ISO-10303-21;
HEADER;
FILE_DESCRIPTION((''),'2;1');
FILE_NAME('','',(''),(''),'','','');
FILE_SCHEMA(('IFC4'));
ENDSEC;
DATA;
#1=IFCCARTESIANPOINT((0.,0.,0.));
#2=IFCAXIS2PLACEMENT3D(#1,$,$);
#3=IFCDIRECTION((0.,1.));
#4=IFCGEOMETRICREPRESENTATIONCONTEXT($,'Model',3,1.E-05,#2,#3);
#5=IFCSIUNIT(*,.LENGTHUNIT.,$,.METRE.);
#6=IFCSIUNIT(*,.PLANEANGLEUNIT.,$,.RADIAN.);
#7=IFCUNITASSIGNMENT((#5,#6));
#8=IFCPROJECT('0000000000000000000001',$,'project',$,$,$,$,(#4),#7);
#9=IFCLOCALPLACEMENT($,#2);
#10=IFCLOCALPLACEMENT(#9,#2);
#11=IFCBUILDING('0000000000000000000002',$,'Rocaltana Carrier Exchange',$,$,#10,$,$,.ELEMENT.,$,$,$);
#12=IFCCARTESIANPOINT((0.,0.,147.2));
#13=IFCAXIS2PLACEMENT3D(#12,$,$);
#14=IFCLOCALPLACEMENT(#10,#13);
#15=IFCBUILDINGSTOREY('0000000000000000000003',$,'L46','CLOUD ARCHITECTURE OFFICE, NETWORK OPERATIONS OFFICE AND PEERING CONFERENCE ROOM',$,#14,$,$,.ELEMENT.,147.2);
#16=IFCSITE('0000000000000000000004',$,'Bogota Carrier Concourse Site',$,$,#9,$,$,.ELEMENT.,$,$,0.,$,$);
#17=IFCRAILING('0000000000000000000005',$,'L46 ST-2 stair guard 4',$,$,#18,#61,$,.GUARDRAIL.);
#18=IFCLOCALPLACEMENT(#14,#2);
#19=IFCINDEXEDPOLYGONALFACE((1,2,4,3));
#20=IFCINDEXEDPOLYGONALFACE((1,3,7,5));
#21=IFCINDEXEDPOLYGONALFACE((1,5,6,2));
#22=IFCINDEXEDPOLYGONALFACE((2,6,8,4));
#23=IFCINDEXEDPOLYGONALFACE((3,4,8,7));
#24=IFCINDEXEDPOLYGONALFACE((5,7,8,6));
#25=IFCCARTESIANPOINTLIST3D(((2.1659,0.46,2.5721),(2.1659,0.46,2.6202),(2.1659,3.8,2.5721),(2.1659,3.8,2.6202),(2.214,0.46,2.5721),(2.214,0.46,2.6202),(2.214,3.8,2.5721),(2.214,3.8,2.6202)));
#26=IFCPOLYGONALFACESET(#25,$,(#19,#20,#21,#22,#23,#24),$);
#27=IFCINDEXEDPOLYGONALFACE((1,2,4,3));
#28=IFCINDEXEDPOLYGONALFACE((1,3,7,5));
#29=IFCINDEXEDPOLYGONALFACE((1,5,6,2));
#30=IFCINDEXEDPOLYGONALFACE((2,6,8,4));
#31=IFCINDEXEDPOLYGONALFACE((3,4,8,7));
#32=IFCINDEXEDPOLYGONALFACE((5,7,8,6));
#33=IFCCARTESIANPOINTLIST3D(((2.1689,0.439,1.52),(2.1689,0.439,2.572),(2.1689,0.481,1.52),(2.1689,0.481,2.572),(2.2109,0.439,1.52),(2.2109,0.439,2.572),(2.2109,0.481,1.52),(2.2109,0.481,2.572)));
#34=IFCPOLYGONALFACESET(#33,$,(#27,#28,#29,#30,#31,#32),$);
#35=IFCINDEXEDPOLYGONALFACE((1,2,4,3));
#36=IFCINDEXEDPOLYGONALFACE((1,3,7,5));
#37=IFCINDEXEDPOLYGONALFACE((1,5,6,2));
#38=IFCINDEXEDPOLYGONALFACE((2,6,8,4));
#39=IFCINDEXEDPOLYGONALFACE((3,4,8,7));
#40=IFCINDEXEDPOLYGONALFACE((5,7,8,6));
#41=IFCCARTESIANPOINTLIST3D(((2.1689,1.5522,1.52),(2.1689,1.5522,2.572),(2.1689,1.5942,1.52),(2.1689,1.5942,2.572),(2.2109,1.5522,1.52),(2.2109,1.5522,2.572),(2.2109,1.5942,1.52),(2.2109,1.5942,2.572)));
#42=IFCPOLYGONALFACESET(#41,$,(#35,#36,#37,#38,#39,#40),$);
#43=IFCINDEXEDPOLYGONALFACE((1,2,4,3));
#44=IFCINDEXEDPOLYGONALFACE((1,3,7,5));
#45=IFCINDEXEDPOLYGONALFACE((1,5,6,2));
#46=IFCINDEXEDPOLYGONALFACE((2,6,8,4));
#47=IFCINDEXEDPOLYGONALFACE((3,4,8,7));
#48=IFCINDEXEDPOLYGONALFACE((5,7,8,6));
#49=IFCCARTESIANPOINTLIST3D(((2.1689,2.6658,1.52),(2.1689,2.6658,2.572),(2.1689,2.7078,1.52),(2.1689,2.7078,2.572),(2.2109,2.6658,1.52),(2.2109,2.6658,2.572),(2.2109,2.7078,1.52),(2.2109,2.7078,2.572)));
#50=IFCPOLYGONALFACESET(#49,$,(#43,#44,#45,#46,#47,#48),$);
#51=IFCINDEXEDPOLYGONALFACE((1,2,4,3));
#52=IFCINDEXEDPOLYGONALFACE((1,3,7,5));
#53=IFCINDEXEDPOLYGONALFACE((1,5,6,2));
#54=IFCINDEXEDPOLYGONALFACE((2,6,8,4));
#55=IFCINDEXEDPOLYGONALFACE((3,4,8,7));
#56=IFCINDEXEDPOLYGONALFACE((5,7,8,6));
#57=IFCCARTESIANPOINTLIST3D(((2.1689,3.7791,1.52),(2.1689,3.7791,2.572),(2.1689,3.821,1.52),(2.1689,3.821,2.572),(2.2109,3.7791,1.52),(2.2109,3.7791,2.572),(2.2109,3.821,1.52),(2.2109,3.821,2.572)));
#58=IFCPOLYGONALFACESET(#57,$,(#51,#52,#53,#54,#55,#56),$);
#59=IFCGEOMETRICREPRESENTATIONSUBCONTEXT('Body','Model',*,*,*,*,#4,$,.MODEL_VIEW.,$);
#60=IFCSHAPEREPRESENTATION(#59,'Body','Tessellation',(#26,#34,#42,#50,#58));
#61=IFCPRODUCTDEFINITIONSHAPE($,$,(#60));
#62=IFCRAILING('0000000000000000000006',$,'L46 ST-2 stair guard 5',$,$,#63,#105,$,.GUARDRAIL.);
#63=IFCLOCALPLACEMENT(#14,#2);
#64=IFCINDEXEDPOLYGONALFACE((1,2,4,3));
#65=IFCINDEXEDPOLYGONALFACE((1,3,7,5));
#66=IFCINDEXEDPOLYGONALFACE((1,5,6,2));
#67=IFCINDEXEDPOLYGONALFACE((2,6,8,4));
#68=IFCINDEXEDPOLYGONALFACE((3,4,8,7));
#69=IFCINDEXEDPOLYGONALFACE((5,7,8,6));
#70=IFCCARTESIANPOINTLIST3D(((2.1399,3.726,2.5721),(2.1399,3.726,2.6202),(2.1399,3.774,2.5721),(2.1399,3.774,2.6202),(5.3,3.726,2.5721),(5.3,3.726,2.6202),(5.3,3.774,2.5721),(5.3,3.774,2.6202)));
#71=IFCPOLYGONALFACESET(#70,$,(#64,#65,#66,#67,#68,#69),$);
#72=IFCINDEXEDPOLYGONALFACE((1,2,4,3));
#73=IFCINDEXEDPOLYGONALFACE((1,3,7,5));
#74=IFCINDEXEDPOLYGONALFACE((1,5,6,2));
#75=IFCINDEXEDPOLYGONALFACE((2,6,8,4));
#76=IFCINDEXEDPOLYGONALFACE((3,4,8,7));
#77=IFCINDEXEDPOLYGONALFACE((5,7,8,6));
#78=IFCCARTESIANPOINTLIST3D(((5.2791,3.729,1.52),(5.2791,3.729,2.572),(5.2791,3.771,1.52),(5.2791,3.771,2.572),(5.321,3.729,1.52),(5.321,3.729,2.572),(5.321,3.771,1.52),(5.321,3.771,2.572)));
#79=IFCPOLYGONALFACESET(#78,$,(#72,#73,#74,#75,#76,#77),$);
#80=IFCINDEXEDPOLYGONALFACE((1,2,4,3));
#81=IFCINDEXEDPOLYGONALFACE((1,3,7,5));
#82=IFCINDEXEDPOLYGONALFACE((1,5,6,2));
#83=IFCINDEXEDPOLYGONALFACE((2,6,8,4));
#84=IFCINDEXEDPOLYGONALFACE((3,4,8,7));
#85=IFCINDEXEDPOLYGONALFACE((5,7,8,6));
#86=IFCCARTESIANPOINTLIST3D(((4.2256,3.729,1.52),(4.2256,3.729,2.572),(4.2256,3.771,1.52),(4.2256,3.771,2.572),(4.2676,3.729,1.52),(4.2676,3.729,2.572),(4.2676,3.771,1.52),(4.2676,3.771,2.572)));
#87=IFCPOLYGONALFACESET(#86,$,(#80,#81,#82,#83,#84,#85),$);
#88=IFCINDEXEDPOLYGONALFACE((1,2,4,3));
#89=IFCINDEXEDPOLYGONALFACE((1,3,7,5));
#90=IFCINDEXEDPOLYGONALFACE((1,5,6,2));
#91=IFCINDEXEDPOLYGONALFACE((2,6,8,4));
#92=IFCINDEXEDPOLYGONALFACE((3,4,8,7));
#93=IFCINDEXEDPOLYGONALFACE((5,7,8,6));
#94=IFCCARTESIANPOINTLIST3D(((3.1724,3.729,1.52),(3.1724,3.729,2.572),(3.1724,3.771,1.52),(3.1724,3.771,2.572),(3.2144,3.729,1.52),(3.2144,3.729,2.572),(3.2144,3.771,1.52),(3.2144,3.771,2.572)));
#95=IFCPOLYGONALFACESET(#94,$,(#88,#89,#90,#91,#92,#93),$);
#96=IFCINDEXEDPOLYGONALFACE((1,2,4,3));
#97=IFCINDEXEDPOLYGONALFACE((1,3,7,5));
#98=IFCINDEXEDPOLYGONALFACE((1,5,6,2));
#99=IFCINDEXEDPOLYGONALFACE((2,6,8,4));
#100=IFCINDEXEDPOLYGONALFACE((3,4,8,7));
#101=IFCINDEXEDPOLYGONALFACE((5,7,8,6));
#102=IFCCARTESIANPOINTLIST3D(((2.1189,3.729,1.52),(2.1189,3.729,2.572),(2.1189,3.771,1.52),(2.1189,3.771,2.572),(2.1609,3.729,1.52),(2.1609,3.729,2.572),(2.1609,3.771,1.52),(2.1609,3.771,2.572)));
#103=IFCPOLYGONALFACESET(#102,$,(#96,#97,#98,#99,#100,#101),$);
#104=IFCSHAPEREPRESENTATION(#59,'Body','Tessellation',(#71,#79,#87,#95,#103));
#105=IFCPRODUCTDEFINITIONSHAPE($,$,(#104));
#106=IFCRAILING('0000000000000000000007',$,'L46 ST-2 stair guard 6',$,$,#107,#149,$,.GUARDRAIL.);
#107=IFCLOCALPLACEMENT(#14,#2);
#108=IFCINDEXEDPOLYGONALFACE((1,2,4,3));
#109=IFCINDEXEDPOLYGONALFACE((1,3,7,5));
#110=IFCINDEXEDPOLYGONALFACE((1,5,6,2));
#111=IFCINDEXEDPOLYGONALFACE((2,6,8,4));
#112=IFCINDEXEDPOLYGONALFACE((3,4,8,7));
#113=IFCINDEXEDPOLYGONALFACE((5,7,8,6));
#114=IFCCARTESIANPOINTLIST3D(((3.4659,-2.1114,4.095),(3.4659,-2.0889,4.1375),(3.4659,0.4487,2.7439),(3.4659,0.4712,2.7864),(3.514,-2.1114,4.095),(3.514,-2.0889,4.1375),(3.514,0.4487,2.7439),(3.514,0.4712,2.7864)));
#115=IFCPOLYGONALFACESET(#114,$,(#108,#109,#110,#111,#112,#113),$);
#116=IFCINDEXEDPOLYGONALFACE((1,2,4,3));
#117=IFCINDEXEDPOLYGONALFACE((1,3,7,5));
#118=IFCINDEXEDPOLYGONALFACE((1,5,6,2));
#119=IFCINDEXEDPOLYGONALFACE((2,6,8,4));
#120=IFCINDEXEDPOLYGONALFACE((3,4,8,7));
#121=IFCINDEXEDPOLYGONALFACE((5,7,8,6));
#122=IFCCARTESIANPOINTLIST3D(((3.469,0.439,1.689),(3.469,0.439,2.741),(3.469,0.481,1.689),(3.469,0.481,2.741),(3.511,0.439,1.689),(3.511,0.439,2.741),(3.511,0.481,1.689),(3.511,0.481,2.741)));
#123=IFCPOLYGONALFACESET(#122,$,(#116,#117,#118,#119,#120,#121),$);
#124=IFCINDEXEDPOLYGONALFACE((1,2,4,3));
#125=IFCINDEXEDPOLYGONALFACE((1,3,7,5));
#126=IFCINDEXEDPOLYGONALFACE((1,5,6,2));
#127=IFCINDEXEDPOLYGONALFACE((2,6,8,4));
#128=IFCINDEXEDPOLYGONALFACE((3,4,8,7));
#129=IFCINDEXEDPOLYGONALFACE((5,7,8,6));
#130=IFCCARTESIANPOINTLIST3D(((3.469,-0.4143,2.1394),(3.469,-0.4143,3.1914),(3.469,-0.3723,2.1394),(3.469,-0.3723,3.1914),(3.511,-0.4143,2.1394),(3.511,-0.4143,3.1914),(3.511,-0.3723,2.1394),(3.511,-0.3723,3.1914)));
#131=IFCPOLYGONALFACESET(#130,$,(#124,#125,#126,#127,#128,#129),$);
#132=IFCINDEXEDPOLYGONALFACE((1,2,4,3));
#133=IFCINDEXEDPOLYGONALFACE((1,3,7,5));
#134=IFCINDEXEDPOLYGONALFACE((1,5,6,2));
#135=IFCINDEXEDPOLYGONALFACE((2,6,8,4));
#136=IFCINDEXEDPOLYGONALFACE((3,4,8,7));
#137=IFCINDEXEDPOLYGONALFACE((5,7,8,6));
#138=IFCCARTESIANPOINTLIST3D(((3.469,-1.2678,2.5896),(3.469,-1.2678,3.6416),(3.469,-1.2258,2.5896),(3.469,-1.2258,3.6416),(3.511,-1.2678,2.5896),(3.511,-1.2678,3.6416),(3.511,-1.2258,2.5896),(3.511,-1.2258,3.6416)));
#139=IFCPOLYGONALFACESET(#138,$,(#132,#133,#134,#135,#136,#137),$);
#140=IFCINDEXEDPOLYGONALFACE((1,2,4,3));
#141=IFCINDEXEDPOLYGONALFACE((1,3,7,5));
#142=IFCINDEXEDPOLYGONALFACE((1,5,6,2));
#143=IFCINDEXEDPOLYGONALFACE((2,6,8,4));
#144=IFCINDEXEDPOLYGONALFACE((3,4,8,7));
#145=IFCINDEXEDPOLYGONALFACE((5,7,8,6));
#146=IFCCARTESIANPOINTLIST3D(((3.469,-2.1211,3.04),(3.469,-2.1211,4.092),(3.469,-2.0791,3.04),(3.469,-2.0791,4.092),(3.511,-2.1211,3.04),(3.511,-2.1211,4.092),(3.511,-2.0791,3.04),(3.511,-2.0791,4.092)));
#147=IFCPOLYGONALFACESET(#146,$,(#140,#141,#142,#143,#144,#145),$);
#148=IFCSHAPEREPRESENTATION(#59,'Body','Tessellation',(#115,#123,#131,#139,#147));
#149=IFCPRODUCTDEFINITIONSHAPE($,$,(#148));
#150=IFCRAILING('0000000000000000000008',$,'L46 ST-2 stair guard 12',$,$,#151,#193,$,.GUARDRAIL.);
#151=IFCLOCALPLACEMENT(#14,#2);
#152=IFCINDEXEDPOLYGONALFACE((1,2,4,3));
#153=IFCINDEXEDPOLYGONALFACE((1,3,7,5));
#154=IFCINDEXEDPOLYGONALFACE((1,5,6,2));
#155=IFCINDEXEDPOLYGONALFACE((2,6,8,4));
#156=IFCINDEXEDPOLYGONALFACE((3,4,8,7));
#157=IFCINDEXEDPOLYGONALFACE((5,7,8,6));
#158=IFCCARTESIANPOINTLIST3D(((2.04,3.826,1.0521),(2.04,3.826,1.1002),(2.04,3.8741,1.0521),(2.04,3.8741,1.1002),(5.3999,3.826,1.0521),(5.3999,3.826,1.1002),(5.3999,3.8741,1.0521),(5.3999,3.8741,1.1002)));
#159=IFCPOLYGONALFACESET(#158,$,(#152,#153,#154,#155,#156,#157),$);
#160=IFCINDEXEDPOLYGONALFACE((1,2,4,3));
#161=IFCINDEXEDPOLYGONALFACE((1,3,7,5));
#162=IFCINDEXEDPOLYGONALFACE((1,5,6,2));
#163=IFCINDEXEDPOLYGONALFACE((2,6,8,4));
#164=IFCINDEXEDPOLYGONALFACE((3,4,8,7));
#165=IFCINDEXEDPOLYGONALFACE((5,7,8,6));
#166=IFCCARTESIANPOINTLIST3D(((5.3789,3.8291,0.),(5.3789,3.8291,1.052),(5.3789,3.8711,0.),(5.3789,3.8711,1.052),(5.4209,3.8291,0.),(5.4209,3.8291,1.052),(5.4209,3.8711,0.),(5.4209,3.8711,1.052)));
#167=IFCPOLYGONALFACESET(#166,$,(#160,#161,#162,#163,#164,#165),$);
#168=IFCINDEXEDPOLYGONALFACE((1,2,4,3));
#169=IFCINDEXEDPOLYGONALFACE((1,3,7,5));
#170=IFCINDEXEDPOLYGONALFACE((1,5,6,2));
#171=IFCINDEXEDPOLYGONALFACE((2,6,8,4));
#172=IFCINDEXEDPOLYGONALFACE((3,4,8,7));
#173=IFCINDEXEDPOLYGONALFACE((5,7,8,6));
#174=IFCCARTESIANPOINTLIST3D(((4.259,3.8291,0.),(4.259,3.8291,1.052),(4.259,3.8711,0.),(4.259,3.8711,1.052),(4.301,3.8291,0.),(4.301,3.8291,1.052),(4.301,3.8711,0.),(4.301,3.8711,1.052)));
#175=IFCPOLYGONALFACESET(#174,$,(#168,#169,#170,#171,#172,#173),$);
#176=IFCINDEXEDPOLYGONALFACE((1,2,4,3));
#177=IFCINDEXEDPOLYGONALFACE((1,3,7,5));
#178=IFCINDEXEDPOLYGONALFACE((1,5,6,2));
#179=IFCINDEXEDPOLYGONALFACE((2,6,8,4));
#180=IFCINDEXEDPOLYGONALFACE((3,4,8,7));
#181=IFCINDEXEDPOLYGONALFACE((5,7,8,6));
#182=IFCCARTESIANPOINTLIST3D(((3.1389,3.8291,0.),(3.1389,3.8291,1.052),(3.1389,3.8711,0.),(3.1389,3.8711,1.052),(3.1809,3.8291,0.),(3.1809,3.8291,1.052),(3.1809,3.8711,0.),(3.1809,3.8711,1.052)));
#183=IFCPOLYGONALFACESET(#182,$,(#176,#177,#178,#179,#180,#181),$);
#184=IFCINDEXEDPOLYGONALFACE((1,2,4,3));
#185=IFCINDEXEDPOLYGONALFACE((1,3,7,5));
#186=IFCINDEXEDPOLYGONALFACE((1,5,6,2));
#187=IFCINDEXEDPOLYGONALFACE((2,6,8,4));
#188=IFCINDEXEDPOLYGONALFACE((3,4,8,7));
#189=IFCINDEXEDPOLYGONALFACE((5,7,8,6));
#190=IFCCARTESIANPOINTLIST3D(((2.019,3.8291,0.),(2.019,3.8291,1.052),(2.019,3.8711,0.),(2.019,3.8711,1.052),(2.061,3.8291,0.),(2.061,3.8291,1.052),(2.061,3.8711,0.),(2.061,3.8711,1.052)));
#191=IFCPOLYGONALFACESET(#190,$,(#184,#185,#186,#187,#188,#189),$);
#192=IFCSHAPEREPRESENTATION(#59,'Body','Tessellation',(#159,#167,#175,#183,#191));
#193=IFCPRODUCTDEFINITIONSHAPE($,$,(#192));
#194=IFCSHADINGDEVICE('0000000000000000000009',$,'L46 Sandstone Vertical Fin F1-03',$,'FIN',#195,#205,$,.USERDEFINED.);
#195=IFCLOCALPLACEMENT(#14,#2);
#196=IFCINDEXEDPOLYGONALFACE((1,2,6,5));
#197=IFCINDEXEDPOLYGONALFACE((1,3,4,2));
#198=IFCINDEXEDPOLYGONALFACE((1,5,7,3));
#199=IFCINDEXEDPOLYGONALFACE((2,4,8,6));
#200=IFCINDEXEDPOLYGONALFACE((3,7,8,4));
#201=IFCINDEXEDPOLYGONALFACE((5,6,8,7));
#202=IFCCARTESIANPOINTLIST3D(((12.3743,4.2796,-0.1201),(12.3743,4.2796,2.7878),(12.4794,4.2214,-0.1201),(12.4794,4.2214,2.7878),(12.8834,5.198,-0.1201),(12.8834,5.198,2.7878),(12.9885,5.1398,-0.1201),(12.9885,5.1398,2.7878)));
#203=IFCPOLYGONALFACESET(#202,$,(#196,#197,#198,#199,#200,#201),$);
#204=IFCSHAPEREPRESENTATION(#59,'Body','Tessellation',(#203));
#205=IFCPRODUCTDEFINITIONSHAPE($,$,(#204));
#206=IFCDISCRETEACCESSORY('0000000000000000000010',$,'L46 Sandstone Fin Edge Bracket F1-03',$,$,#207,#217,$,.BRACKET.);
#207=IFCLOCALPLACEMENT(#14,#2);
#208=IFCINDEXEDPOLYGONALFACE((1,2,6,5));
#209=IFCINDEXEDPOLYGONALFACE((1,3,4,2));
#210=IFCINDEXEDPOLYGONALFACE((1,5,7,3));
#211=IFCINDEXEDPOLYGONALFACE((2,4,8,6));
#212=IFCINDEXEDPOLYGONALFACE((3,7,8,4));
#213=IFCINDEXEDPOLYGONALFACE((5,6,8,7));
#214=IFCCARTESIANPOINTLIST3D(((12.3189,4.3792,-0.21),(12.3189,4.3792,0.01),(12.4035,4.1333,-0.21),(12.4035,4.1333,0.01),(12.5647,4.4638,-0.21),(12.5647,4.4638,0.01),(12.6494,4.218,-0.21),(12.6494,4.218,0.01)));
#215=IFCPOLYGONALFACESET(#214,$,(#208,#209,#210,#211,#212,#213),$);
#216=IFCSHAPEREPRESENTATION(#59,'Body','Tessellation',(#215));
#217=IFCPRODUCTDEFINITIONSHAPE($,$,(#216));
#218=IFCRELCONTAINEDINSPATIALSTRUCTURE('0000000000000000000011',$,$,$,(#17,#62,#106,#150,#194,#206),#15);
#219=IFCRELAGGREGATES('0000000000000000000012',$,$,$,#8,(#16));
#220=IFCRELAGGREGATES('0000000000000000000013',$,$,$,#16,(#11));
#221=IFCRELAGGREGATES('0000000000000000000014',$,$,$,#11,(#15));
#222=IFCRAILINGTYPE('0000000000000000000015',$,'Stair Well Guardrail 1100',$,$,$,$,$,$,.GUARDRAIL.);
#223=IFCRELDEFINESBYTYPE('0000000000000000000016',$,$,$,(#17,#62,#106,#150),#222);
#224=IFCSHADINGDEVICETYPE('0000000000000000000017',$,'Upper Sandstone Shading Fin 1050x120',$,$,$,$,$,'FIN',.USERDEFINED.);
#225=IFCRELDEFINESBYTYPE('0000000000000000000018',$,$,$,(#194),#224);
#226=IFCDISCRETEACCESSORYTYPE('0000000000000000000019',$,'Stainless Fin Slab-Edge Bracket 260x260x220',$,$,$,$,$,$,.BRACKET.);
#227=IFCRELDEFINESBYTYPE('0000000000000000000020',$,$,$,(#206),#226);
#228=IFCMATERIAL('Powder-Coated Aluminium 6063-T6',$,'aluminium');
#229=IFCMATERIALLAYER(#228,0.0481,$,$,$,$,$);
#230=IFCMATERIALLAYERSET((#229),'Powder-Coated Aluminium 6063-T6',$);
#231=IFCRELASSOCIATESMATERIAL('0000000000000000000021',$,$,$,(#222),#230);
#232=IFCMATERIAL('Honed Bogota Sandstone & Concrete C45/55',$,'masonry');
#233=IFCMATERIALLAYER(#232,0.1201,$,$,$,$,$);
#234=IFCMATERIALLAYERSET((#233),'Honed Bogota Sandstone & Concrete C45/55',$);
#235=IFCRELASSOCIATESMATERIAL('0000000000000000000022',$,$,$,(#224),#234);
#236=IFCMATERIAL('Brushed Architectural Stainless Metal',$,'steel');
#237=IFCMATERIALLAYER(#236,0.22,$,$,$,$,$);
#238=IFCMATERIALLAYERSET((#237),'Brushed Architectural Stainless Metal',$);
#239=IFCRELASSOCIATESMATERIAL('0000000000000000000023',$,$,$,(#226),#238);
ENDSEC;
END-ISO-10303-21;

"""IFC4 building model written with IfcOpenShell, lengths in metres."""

from ifc_helpers import new_model, si_unit, direction, frame, origin, origin_2d, place, context, subcontext, project, spatial, rectangle, extrude, material, layer, layer_set, type_object, element, save


model = new_model("IFC4")

# Units and contexts
model_context = context("Model", 3, precision=1e-05, world=origin(), true_north=direction((0.0, 1.0)))
body_context = subcontext(model_context, "Body", "Model", "MODEL_VIEW")
ifc_project = project(units=[si_unit("LENGTHUNIT", "METRE"), si_unit("PLANEANGLEUNIT", "RADIAN")], contexts=[model_context])

# Site, building, storey
site_placement = place(None, origin())
site = spatial("IfcSite", under=ifc_project, at=site_placement, Name="Bogota Carrier Concourse Site", CompositionType="ELEMENT", RefElevation=0.0)
building_placement = place(site_placement, origin())
building = spatial("IfcBuilding", under=site, at=building_placement, Name="Rocaltana Carrier Exchange", CompositionType="ELEMENT")
storey_placement = place(building_placement, frame((0.0, 0.0, 147.2)))
storey = spatial("IfcBuildingStorey", under=building, at=storey_placement, Name="L46", Description="CLOUD ARCHITECTURE OFFICE, NETWORK OPERATIONS OFFICE AND PEERING CONFERENCE ROOM", CompositionType="ELEMENT", Elevation=147.2)

# Railings
ifc_material_1 = material(Name="Powder-Coated Aluminium 6063-T6", Category="aluminium")
ifc_layer_1 = layer(ifc_material_1, 0.0481)
ifc_layer_set_1 = layer_set([ifc_layer_1], Name="Powder-Coated Aluminium 6063-T6")
railing_type_1 = type_object("IfcRailingType", Name="Stair Well Guardrail 1100", PredefinedType="GUARDRAIL", material=ifc_layer_set_1)
for number, where, name in (
    (1, (2.1899, 0.46, 1.52), "L46 ST-2 stair guard 4"),
):
    element("IfcRailing", number, at=place(storey_placement, frame(where)), inside=storey, type_object=railing_type_1, Name=name, PredefinedType="GUARDRAIL", context=body_context, shape_type="SweptSolid", body=[
        extrude(rectangle(XDim=0.0481, YDim=0.0481, at=origin_2d()), frame((0.0, 0.0, 1.0762), z_axis=(0.0, 1.0, 0.0), x_axis=(-1.0, 0.0, 0.0)), (0.0, 0.0, 1.0), 3.3401),
        extrude(rectangle(XDim=0.042, YDim=0.042, at=origin_2d()), origin(), (0.0, 0.0, 1.0), 1.052),
        extrude(rectangle(XDim=0.042, YDim=0.042, at=origin_2d()), frame((0.0, 1.1133, 0.0)), (0.0, 0.0, 1.0), 1.052),
        extrude(rectangle(XDim=0.042, YDim=0.042, at=origin_2d()), frame((0.0, 2.2268, 0.0)), (0.0, 0.0, 1.0), 1.052),
        extrude(rectangle(XDim=0.042, YDim=0.042, at=origin_2d()), frame((0.0, 3.3401, 0.0)), (0.0, 0.0, 1.0), 1.052),
    ])
railing_1_placement = place(storey_placement, frame((5.3, 3.75, 1.52)))
element("IfcRailing", 2, at=railing_1_placement, inside=storey, type_object=railing_type_1, Name="L46 ST-2 stair guard 5", PredefinedType="GUARDRAIL", context=body_context, shape_type="SweptSolid", body=[
    extrude(rectangle(XDim=0.0481, YDim=0.0481, at=origin_2d()), frame((0.0, 0.0, 1.0762), z_axis=(-1.0, 0.0, 0.0), x_axis=(0.0, -1.0, 0.0)), (0.0, 0.0, 1.0), 3.1602),
    extrude(rectangle(XDim=0.042, YDim=0.042, at=origin_2d()), origin(), (0.0, 0.0, 1.0), 1.052),
    extrude(rectangle(XDim=0.042, YDim=0.042, at=origin_2d()), frame((-1.0535, 0.0, 0.0)), (0.0, 0.0, 1.0), 1.052),
    extrude(rectangle(XDim=0.042, YDim=0.042, at=origin_2d()), frame((-2.1067, 0.0, 0.0)), (0.0, 0.0, 1.0), 1.052),
    extrude(rectangle(XDim=0.042, YDim=0.042, at=origin_2d()), frame((-3.1602, 0.0, 0.0)), (0.0, 0.0, 1.0), 1.052),
])
railing_2_placement = place(storey_placement, frame((3.49, 0.46, 1.689)))
element("IfcRailing", 3, at=railing_2_placement, inside=storey, type_object=railing_type_1, Name="L46 ST-2 stair guard 6", PredefinedType="GUARDRAIL", context=body_context, shape_type="SweptSolid", body=[
    extrude(rectangle(XDim=0.0481, YDim=0.0481, at=origin_2d()), frame((0.0, 0.0, 1.0762), z_axis=(0.0, -0.884394, 0.46674), x_axis=(1.0, 0.0, 0.0)), (0.0, 0.0, 1.0), 2.8948),
    extrude(rectangle(XDim=0.042, YDim=0.042, at=origin_2d()), origin(), (0.0, 0.0, 1.0), 1.052),
    extrude(rectangle(XDim=0.042, YDim=0.042, at=origin_2d()), frame((0.0, -0.8533, 0.4504)), (0.0, 0.0, 1.0), 1.052),
    extrude(rectangle(XDim=0.042, YDim=0.042, at=origin_2d()), frame((0.0, -1.7068, 0.9006)), (0.0, 0.0, 1.0), 1.052),
    extrude(rectangle(XDim=0.042, YDim=0.042, at=origin_2d()), frame((0.0, -2.5601, 1.3511)), (0.0, 0.0, 1.0), 1.052),
])
railing_3_placement = place(storey_placement, frame((5.3999, 3.8501, 0.0)))
element("IfcRailing", 4, at=railing_3_placement, inside=storey, type_object=railing_type_1, Name="L46 ST-2 stair guard 12", PredefinedType="GUARDRAIL", context=body_context, shape_type="SweptSolid", body=[
    extrude(rectangle(XDim=0.0481, YDim=0.0481, at=origin_2d()), frame((0.0, 0.0, 1.0762), z_axis=(-1.0, 0.0, 0.0), x_axis=(0.0, -1.0, 0.0)), (0.0, 0.0, 1.0), 3.3599),
    extrude(rectangle(XDim=0.042, YDim=0.042, at=origin_2d()), origin(), (0.0, 0.0, 1.0), 1.052),
    extrude(rectangle(XDim=0.042, YDim=0.042, at=origin_2d()), frame((-1.1199, 0.0, 0.0)), (0.0, 0.0, 1.0), 1.052),
    extrude(rectangle(XDim=0.042, YDim=0.042, at=origin_2d()), frame((-2.24, 0.0, 0.0)), (0.0, 0.0, 1.0), 1.052),
    extrude(rectangle(XDim=0.042, YDim=0.042, at=origin_2d()), frame((-3.3599, 0.0, 0.0)), (0.0, 0.0, 1.0), 1.052),
])

# Shading device
ifc_material_2 = material(Name="Honed Bogota Sandstone & Concrete C45/55", Category="masonry")
ifc_layer_2 = layer(ifc_material_2, 0.1201)
ifc_layer_set_2 = layer_set([ifc_layer_2], Name="Honed Bogota Sandstone & Concrete C45/55")
shading_device_type = type_object("IfcShadingDeviceType", Name="Upper Sandstone Shading Fin 1050x120", ElementType="FIN", PredefinedType="USERDEFINED", material=ifc_layer_set_2)
shading_device_placement = place(storey_placement, frame((12.6814, 4.7097, -0.1201), z_axis=(0.0, 0.0, 1.0), x_axis=(0.48481, 0.87462, 0.0)))
element("IfcShadingDevice", 5, at=shading_device_placement, inside=storey, type_object=shading_device_type, Name="L46 Sandstone Vertical Fin F1-03", ObjectType="FIN", PredefinedType="USERDEFINED", context=body_context, shape_type="SweptSolid", body=[
    extrude(rectangle(XDim=1.05, YDim=0.1201, at=origin_2d()), origin(), (0.0, 0.0, 1.0), 2.908),
])

# Discrete accessory
ifc_material_3 = material(Name="Brushed Architectural Stainless Metal", Category="steel")
ifc_layer_3 = layer(ifc_material_3, 0.22)
ifc_layer_set_3 = layer_set([ifc_layer_3], Name="Brushed Architectural Stainless Metal")
discrete_accessory_type = type_object("IfcDiscreteAccessoryType", Name="Stainless Fin Slab-Edge Bracket 260x260x220", PredefinedType="BRACKET", material=ifc_layer_set_3)
discrete_accessory_placement = place(storey_placement, frame((12.4841, 4.2986, -0.21), z_axis=(0.0, 0.0, 1.0), x_axis=(-0.325568, 0.945519, 0.0)))
element("IfcDiscreteAccessory", 6, at=discrete_accessory_placement, inside=storey, type_object=discrete_accessory_type, Name="L46 Sandstone Fin Edge Bracket F1-03", PredefinedType="BRACKET", context=body_context, shape_type="SweptSolid", body=[
    extrude(rectangle(XDim=0.26, YDim=0.26, at=origin_2d()), origin(), (0.0, 0.0, 1.0), 0.22),
])

save(model, "model.ifc")
